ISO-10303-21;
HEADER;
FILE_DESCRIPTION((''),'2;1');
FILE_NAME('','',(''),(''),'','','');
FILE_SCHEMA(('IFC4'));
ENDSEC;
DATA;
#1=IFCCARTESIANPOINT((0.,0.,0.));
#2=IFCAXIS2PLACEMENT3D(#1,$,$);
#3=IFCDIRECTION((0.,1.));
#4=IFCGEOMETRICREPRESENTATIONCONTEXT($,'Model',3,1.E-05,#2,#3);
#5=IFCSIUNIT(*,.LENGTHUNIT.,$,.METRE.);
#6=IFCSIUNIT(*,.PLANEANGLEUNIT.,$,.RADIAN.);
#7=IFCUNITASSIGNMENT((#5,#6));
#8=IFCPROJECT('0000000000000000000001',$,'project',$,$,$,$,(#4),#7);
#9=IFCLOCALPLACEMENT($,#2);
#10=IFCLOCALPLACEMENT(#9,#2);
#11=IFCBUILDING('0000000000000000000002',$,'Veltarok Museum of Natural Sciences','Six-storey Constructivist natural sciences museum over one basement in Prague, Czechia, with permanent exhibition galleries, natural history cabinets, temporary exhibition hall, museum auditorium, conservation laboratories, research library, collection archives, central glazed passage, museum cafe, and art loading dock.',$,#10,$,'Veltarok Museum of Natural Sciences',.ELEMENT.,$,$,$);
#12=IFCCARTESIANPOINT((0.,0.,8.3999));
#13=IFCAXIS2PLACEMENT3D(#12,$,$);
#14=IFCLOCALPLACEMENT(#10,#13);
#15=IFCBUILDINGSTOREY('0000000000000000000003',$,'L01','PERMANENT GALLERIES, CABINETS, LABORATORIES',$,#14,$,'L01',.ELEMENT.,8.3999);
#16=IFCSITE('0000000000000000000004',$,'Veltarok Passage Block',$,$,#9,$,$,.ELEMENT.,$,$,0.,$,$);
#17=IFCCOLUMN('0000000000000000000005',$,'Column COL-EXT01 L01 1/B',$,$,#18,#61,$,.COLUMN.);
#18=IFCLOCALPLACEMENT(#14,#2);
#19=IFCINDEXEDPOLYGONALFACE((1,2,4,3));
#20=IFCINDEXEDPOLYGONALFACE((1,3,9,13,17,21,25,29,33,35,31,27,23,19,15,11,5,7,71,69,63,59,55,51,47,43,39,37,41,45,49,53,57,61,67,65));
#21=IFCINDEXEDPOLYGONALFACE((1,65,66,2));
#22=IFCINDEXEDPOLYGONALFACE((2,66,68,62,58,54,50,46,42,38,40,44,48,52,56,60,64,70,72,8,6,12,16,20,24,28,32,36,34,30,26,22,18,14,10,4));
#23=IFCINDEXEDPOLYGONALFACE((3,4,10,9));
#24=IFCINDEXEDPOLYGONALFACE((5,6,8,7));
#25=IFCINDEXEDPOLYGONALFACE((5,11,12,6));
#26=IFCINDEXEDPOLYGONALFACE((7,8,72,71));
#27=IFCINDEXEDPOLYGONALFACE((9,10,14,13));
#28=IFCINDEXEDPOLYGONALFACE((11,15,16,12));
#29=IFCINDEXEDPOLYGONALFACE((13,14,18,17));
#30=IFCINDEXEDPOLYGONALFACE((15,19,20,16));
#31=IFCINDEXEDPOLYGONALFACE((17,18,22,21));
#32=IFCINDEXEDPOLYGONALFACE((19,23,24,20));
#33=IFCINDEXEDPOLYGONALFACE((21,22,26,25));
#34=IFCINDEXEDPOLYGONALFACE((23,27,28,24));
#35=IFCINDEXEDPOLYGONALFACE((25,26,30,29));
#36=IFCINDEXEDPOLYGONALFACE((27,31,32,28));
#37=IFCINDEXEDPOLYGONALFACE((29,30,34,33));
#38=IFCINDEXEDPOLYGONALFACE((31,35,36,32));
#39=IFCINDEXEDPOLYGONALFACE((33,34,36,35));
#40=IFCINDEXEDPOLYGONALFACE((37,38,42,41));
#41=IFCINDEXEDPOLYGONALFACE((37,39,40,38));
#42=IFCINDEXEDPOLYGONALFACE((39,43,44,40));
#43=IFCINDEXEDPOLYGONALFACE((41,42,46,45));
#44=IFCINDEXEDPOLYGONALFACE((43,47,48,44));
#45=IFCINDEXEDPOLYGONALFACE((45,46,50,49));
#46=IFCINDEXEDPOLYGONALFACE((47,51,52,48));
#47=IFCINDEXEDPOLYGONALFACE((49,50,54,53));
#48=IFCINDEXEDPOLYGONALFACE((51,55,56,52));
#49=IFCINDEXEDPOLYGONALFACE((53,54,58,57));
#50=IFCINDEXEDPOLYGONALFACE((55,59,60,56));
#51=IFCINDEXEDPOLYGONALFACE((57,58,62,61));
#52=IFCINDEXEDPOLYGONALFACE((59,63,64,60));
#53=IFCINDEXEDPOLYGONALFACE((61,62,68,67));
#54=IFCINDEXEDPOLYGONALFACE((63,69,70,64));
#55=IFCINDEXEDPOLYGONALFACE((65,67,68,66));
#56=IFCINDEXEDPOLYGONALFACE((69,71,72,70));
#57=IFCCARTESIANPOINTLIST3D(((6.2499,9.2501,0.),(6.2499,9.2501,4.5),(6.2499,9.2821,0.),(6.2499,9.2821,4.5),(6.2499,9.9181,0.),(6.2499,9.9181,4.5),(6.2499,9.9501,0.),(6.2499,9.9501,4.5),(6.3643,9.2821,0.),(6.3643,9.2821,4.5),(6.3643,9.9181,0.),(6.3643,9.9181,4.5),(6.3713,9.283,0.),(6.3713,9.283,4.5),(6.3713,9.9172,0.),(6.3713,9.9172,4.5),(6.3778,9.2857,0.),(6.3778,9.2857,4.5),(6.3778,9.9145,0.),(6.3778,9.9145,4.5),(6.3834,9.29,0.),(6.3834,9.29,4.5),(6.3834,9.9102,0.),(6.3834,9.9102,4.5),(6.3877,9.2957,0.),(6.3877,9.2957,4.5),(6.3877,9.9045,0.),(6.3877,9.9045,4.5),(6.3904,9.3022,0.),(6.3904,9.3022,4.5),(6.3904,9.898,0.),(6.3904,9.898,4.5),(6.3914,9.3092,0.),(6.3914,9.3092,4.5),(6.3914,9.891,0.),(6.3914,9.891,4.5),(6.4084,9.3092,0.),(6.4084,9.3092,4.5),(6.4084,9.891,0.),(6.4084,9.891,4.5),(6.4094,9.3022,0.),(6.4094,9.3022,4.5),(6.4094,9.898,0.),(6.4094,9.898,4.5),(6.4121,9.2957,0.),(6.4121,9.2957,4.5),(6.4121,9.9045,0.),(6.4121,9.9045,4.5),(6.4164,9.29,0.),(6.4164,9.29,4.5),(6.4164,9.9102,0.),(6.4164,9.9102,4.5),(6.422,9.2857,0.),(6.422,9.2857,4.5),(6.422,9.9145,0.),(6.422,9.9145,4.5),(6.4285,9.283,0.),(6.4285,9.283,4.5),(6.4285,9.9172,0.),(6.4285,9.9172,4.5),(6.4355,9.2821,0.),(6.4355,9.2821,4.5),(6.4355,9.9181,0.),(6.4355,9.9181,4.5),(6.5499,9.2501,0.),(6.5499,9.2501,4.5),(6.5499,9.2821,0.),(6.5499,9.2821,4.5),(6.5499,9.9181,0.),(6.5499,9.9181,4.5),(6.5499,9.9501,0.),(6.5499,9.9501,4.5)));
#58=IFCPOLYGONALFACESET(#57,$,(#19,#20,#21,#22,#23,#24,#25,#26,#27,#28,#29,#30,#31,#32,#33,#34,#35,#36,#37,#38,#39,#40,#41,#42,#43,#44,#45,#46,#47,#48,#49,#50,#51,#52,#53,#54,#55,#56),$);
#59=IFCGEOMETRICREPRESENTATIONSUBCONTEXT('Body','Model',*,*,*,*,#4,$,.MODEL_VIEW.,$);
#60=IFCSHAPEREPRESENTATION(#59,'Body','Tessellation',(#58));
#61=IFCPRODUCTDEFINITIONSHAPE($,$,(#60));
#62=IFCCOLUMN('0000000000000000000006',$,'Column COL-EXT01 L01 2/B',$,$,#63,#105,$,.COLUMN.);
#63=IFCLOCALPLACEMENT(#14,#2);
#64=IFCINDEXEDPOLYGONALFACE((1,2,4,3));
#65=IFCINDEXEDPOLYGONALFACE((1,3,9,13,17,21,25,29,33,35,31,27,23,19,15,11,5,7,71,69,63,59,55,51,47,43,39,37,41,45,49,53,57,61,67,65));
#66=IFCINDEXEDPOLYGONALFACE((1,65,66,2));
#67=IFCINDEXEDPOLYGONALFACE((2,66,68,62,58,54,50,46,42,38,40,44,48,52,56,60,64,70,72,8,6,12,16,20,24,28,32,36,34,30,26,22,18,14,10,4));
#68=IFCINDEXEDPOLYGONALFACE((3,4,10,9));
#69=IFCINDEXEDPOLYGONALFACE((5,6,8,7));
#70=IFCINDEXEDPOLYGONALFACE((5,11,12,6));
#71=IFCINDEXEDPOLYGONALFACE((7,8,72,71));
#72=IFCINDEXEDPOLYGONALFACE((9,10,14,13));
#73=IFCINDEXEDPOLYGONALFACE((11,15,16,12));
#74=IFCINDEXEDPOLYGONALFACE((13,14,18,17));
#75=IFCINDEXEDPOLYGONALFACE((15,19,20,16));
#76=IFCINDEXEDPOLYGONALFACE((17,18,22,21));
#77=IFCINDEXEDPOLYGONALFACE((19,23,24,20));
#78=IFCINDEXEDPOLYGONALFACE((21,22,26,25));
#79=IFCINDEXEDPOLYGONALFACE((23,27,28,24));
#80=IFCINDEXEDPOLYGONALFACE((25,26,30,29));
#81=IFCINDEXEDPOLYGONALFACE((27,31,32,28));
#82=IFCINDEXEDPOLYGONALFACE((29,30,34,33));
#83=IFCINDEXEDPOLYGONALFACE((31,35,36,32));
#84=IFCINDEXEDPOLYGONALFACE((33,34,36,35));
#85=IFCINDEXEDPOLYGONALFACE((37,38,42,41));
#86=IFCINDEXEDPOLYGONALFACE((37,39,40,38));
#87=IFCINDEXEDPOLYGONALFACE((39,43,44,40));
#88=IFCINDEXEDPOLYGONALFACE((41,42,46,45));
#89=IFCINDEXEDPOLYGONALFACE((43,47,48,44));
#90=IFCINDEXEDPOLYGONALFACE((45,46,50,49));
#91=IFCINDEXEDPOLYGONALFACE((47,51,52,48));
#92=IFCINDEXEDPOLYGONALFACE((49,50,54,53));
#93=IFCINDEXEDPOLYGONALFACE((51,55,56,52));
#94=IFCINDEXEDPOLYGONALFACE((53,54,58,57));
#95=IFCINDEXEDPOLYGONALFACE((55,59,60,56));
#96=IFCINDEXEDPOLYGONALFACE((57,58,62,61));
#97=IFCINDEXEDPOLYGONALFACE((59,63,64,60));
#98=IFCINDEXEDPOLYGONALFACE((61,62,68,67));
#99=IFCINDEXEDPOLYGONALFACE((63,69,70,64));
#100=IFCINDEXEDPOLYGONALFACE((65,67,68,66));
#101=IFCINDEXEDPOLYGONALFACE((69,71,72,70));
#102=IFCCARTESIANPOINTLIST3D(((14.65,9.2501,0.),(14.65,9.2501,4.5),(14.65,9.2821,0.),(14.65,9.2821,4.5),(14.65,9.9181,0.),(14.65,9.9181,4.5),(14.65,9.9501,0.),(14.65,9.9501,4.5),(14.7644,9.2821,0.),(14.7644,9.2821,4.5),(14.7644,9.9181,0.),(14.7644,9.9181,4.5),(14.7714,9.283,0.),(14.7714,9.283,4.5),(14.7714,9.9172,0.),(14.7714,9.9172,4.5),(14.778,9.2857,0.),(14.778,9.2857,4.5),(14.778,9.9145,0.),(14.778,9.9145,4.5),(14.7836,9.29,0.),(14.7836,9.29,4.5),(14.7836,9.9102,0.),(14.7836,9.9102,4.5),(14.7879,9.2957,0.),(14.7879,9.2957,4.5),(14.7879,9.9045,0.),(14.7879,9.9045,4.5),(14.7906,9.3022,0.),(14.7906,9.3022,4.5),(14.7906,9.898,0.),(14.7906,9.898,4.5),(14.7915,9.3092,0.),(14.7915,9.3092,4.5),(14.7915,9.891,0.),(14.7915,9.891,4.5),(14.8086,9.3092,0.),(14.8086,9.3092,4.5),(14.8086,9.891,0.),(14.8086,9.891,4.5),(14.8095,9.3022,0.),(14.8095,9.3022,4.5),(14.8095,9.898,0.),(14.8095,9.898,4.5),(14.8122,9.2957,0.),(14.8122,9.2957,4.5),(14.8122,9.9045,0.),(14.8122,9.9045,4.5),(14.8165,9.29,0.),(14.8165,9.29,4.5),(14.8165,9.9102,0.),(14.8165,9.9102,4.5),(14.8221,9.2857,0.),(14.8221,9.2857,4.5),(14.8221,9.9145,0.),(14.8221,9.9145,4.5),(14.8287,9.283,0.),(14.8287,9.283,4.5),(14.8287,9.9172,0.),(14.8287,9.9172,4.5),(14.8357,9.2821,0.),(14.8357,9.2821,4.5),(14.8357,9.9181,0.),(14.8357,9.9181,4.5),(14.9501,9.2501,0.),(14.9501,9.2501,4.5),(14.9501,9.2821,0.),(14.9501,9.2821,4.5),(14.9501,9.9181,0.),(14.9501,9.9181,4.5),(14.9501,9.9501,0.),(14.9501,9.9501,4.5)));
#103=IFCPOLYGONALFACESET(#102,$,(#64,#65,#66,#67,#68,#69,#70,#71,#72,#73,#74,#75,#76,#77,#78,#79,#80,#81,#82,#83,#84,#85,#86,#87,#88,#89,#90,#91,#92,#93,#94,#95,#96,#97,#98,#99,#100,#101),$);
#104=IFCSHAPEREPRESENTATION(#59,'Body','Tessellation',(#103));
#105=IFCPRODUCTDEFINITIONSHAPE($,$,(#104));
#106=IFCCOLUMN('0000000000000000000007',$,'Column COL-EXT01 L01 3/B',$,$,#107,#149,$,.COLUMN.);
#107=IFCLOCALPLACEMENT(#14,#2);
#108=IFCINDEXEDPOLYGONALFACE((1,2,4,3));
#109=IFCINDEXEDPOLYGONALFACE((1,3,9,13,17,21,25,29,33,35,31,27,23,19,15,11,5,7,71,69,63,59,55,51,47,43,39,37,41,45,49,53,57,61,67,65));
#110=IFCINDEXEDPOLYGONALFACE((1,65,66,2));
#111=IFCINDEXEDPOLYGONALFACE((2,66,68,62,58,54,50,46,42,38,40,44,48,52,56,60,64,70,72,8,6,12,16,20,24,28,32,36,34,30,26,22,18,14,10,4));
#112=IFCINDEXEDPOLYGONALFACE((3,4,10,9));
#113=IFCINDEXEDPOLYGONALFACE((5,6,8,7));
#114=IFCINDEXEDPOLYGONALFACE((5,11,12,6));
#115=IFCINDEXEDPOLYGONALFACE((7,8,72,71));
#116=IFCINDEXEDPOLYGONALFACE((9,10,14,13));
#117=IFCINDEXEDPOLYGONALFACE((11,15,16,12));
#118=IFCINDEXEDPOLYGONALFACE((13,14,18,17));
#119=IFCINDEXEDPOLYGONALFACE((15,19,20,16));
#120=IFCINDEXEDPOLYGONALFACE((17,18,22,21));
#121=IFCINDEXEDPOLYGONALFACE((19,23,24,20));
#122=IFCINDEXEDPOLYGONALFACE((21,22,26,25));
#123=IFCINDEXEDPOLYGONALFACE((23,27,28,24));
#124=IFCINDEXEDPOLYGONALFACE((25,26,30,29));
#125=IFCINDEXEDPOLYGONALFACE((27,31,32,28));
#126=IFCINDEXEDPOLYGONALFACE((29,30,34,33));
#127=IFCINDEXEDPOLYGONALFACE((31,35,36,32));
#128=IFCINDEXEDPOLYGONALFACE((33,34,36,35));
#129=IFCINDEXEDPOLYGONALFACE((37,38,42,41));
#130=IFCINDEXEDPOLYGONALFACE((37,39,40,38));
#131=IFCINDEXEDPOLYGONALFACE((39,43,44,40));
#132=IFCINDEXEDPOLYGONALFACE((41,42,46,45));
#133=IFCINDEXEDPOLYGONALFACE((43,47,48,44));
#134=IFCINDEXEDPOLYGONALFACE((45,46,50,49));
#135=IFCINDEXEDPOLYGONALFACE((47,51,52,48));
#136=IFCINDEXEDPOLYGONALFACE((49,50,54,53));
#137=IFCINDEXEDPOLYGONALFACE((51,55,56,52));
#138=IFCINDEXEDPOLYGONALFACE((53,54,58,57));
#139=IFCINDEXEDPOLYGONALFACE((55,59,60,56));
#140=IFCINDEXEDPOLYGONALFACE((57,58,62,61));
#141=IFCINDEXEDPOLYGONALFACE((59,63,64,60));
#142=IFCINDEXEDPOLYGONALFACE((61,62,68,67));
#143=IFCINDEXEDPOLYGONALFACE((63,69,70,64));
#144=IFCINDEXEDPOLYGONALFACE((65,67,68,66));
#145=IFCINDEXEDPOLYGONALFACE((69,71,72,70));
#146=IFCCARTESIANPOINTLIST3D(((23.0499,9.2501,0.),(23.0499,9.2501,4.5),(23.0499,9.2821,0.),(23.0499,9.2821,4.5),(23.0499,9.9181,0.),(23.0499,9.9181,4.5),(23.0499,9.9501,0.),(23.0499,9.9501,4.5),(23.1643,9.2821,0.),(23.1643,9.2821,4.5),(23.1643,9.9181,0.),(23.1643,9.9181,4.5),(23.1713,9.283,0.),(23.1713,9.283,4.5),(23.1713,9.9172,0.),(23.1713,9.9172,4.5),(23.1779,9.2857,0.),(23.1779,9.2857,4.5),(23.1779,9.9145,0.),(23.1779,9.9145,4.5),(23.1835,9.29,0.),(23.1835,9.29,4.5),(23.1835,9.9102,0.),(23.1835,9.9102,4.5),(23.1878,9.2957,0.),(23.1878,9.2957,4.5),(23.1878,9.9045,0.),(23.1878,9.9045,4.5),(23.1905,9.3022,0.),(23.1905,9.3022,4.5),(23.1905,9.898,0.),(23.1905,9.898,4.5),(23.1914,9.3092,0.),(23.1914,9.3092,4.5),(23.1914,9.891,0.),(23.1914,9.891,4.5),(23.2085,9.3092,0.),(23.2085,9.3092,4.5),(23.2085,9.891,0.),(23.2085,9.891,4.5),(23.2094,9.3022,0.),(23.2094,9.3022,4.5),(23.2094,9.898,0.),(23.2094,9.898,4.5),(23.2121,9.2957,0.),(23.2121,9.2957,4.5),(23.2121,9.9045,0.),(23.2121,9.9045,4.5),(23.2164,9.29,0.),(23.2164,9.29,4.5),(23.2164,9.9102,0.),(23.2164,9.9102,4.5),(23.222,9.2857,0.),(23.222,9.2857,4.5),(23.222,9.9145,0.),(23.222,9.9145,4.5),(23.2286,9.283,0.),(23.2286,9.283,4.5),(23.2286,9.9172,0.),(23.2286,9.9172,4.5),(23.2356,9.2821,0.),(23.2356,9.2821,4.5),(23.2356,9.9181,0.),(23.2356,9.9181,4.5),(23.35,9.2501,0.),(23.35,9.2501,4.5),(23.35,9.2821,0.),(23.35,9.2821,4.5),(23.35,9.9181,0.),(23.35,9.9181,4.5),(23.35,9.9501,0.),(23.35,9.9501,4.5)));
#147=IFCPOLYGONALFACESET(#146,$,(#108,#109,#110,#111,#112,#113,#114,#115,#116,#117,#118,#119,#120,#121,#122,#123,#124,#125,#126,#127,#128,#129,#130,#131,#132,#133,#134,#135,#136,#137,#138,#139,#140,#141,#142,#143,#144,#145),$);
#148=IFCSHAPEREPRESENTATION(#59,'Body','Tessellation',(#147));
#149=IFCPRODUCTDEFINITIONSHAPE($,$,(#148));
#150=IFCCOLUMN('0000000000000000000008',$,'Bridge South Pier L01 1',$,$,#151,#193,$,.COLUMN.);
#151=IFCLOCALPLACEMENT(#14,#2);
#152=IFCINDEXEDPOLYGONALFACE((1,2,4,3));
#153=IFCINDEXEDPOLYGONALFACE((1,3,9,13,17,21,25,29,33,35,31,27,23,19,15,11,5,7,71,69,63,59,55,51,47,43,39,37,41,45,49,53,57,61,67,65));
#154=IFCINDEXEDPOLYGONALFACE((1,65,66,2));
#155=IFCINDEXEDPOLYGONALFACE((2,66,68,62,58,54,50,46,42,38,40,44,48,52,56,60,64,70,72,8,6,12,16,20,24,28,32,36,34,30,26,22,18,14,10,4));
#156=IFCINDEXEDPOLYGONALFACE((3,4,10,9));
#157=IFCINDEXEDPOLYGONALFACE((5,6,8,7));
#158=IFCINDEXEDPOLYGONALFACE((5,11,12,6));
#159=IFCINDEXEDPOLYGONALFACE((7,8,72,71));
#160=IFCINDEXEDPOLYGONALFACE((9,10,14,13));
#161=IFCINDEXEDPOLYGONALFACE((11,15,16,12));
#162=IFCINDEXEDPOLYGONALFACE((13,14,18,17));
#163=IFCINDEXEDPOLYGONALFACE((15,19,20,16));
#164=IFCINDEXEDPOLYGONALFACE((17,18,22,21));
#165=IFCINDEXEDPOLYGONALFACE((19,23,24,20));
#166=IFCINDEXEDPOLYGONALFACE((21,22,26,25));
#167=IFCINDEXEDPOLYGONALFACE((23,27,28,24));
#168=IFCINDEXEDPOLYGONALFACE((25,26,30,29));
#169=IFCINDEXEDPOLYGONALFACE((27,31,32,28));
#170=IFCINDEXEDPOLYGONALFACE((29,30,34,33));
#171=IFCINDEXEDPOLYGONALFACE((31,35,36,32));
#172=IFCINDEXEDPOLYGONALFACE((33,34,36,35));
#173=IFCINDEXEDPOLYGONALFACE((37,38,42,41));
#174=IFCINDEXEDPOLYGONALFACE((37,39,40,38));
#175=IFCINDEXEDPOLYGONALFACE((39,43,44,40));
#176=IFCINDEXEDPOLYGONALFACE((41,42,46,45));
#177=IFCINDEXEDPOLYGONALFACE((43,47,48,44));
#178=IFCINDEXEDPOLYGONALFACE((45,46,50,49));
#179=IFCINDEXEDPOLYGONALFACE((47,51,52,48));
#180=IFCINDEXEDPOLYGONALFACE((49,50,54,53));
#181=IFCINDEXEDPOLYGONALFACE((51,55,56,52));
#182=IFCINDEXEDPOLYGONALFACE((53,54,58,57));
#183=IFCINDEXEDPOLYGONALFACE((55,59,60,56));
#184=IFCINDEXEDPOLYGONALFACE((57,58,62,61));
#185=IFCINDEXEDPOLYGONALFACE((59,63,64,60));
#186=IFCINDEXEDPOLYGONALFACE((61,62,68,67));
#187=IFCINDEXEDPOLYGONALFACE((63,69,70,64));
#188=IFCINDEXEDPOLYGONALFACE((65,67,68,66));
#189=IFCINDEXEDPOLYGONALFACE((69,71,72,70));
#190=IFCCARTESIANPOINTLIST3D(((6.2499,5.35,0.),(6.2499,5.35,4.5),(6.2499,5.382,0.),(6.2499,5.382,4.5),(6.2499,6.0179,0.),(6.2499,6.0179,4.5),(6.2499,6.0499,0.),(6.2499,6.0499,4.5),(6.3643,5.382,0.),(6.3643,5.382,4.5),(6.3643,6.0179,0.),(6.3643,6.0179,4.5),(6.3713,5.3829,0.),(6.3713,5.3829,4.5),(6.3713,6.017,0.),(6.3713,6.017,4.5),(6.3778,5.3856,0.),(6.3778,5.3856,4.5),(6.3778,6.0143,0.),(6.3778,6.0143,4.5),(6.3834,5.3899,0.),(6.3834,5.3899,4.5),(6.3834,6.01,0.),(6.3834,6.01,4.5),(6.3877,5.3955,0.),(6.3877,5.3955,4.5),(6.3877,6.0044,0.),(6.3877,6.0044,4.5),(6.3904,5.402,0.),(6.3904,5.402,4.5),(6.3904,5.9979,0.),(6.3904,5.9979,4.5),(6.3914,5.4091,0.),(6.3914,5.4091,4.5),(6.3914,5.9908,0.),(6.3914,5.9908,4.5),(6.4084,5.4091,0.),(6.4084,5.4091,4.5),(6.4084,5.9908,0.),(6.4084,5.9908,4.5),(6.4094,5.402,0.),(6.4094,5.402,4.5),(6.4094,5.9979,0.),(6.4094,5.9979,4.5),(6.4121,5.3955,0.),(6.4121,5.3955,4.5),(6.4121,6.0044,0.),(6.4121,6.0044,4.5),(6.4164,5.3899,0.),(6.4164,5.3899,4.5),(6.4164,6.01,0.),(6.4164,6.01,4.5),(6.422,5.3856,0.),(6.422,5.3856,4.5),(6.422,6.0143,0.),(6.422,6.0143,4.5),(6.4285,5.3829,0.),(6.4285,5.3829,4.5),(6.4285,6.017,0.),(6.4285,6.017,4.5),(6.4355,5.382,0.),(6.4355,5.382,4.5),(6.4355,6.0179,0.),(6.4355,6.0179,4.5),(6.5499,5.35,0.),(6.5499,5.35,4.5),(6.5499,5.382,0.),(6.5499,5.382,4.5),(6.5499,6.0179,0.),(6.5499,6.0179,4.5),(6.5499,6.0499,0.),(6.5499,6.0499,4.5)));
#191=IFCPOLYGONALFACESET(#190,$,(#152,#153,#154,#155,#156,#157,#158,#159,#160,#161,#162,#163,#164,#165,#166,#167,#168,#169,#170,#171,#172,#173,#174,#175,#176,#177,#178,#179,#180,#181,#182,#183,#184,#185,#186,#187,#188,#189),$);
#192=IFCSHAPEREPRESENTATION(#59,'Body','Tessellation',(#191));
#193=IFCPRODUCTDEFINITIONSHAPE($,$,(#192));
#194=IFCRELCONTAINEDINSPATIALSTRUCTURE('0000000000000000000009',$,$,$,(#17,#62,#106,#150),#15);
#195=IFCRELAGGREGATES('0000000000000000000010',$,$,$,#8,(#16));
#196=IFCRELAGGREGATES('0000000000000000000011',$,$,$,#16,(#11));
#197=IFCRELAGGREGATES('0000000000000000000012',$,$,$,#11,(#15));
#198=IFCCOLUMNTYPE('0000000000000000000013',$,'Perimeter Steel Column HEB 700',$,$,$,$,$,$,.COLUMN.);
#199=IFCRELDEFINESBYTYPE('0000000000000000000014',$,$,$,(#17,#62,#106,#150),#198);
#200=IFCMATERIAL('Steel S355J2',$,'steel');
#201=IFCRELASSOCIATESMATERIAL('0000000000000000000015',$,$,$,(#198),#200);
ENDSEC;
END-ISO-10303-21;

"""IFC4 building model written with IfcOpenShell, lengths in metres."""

from ifc_helpers import new_model, si_unit, direction, frame, origin, origin_2d, place, context, subcontext, project, spatial, i_section, extrude, material, material_profile, profile_set, type_object, element, save


model = new_model("IFC4")

# Units and contexts
model_context = context("Model", 3, precision=1e-05, world=origin(), true_north=direction((0.0, 1.0)))
body_context = subcontext(model_context, "Body", "Model", "MODEL_VIEW")
ifc_project = project(units=[si_unit("LENGTHUNIT", "METRE"), si_unit("PLANEANGLEUNIT", "RADIAN")], contexts=[model_context])

# Site, building, storey
site_placement = place(None, origin())
site = spatial("IfcSite", under=ifc_project, at=site_placement, Name="Veltarok Passage Block", CompositionType="ELEMENT", RefElevation=0.0)
building_placement = place(site_placement, origin())
building = spatial("IfcBuilding", under=site, at=building_placement, Name="Veltarok Museum of Natural Sciences", Description="Six-storey Constructivist natural sciences museum over one basement in Prague, Czechia, with permanent exhibition galleries, natural history cabinets, temporary exhibition hall, museum auditorium, conservation laboratories, research library, collection archives, central glazed passage, museum cafe, and art loading dock.", LongName="Veltarok Museum of Natural Sciences", CompositionType="ELEMENT")
storey_placement = place(building_placement, frame((0.0, 0.0, 8.3999)))
storey = spatial("IfcBuildingStorey", under=building, at=storey_placement, Name="L01", Description="PERMANENT GALLERIES, CABINETS, LABORATORIES", LongName="L01", CompositionType="ELEMENT", Elevation=8.3999)

# Columns
ifc_material_1 = material(Name="Steel S355J2", Category="steel")
ifc_material_profile_1 = material_profile(ifc_material_1, i_section(OverallWidth=0.3, OverallDepth=0.7, WebThickness=0.0171, FlangeThickness=0.032, FilletRadius=0.0271, at=origin_2d()), Name="HEB 700")
ifc_profile_set_1 = profile_set([ifc_material_profile_1], Name="Steel S355J2")
column_type = type_object("IfcColumnType", Name="Perimeter Steel Column HEB 700", PredefinedType="COLUMN", material=ifc_profile_set_1)
for number, where, z_axis, x_axis, name in (
    (1, (6.3999, 9.6001, 0.0), (0.0, 0.0, 1.0), (1.0, 0.0, 0.0), "Column COL-EXT01 L01 1/B"),
    (2, (14.8, 9.6001, 0.0), (0.0, 0.0, 1.0), (1.0, 0.0, 0.0), "Column COL-EXT01 L01 2/B"),
    (3, (23.2, 9.6001, 0.0), (0.0, 0.0, 1.0), (1.0, 0.0, 0.0), "Column COL-EXT01 L01 3/B"),
    (4, (6.3999, 5.7, 0.0), (0.0, 0.0, 1.0), (1.0, 0.0, 0.0), "Bridge South Pier L01 1"),
):
    element("IfcColumn", number, at=place(storey_placement, frame(where, z_axis=z_axis, x_axis=x_axis)), inside=storey, type_object=column_type, Name=name, PredefinedType="COLUMN", context=body_context, shape_type="SweptSolid", body=[
        extrude(i_section(OverallWidth=0.3, OverallDepth=0.7, WebThickness=0.0171, FlangeThickness=0.032, FilletRadius=0.0271, at=origin_2d()), origin(), (0.0, 0.0, 1.0), 4.5),
    ])

save(model, "model.ifc")
